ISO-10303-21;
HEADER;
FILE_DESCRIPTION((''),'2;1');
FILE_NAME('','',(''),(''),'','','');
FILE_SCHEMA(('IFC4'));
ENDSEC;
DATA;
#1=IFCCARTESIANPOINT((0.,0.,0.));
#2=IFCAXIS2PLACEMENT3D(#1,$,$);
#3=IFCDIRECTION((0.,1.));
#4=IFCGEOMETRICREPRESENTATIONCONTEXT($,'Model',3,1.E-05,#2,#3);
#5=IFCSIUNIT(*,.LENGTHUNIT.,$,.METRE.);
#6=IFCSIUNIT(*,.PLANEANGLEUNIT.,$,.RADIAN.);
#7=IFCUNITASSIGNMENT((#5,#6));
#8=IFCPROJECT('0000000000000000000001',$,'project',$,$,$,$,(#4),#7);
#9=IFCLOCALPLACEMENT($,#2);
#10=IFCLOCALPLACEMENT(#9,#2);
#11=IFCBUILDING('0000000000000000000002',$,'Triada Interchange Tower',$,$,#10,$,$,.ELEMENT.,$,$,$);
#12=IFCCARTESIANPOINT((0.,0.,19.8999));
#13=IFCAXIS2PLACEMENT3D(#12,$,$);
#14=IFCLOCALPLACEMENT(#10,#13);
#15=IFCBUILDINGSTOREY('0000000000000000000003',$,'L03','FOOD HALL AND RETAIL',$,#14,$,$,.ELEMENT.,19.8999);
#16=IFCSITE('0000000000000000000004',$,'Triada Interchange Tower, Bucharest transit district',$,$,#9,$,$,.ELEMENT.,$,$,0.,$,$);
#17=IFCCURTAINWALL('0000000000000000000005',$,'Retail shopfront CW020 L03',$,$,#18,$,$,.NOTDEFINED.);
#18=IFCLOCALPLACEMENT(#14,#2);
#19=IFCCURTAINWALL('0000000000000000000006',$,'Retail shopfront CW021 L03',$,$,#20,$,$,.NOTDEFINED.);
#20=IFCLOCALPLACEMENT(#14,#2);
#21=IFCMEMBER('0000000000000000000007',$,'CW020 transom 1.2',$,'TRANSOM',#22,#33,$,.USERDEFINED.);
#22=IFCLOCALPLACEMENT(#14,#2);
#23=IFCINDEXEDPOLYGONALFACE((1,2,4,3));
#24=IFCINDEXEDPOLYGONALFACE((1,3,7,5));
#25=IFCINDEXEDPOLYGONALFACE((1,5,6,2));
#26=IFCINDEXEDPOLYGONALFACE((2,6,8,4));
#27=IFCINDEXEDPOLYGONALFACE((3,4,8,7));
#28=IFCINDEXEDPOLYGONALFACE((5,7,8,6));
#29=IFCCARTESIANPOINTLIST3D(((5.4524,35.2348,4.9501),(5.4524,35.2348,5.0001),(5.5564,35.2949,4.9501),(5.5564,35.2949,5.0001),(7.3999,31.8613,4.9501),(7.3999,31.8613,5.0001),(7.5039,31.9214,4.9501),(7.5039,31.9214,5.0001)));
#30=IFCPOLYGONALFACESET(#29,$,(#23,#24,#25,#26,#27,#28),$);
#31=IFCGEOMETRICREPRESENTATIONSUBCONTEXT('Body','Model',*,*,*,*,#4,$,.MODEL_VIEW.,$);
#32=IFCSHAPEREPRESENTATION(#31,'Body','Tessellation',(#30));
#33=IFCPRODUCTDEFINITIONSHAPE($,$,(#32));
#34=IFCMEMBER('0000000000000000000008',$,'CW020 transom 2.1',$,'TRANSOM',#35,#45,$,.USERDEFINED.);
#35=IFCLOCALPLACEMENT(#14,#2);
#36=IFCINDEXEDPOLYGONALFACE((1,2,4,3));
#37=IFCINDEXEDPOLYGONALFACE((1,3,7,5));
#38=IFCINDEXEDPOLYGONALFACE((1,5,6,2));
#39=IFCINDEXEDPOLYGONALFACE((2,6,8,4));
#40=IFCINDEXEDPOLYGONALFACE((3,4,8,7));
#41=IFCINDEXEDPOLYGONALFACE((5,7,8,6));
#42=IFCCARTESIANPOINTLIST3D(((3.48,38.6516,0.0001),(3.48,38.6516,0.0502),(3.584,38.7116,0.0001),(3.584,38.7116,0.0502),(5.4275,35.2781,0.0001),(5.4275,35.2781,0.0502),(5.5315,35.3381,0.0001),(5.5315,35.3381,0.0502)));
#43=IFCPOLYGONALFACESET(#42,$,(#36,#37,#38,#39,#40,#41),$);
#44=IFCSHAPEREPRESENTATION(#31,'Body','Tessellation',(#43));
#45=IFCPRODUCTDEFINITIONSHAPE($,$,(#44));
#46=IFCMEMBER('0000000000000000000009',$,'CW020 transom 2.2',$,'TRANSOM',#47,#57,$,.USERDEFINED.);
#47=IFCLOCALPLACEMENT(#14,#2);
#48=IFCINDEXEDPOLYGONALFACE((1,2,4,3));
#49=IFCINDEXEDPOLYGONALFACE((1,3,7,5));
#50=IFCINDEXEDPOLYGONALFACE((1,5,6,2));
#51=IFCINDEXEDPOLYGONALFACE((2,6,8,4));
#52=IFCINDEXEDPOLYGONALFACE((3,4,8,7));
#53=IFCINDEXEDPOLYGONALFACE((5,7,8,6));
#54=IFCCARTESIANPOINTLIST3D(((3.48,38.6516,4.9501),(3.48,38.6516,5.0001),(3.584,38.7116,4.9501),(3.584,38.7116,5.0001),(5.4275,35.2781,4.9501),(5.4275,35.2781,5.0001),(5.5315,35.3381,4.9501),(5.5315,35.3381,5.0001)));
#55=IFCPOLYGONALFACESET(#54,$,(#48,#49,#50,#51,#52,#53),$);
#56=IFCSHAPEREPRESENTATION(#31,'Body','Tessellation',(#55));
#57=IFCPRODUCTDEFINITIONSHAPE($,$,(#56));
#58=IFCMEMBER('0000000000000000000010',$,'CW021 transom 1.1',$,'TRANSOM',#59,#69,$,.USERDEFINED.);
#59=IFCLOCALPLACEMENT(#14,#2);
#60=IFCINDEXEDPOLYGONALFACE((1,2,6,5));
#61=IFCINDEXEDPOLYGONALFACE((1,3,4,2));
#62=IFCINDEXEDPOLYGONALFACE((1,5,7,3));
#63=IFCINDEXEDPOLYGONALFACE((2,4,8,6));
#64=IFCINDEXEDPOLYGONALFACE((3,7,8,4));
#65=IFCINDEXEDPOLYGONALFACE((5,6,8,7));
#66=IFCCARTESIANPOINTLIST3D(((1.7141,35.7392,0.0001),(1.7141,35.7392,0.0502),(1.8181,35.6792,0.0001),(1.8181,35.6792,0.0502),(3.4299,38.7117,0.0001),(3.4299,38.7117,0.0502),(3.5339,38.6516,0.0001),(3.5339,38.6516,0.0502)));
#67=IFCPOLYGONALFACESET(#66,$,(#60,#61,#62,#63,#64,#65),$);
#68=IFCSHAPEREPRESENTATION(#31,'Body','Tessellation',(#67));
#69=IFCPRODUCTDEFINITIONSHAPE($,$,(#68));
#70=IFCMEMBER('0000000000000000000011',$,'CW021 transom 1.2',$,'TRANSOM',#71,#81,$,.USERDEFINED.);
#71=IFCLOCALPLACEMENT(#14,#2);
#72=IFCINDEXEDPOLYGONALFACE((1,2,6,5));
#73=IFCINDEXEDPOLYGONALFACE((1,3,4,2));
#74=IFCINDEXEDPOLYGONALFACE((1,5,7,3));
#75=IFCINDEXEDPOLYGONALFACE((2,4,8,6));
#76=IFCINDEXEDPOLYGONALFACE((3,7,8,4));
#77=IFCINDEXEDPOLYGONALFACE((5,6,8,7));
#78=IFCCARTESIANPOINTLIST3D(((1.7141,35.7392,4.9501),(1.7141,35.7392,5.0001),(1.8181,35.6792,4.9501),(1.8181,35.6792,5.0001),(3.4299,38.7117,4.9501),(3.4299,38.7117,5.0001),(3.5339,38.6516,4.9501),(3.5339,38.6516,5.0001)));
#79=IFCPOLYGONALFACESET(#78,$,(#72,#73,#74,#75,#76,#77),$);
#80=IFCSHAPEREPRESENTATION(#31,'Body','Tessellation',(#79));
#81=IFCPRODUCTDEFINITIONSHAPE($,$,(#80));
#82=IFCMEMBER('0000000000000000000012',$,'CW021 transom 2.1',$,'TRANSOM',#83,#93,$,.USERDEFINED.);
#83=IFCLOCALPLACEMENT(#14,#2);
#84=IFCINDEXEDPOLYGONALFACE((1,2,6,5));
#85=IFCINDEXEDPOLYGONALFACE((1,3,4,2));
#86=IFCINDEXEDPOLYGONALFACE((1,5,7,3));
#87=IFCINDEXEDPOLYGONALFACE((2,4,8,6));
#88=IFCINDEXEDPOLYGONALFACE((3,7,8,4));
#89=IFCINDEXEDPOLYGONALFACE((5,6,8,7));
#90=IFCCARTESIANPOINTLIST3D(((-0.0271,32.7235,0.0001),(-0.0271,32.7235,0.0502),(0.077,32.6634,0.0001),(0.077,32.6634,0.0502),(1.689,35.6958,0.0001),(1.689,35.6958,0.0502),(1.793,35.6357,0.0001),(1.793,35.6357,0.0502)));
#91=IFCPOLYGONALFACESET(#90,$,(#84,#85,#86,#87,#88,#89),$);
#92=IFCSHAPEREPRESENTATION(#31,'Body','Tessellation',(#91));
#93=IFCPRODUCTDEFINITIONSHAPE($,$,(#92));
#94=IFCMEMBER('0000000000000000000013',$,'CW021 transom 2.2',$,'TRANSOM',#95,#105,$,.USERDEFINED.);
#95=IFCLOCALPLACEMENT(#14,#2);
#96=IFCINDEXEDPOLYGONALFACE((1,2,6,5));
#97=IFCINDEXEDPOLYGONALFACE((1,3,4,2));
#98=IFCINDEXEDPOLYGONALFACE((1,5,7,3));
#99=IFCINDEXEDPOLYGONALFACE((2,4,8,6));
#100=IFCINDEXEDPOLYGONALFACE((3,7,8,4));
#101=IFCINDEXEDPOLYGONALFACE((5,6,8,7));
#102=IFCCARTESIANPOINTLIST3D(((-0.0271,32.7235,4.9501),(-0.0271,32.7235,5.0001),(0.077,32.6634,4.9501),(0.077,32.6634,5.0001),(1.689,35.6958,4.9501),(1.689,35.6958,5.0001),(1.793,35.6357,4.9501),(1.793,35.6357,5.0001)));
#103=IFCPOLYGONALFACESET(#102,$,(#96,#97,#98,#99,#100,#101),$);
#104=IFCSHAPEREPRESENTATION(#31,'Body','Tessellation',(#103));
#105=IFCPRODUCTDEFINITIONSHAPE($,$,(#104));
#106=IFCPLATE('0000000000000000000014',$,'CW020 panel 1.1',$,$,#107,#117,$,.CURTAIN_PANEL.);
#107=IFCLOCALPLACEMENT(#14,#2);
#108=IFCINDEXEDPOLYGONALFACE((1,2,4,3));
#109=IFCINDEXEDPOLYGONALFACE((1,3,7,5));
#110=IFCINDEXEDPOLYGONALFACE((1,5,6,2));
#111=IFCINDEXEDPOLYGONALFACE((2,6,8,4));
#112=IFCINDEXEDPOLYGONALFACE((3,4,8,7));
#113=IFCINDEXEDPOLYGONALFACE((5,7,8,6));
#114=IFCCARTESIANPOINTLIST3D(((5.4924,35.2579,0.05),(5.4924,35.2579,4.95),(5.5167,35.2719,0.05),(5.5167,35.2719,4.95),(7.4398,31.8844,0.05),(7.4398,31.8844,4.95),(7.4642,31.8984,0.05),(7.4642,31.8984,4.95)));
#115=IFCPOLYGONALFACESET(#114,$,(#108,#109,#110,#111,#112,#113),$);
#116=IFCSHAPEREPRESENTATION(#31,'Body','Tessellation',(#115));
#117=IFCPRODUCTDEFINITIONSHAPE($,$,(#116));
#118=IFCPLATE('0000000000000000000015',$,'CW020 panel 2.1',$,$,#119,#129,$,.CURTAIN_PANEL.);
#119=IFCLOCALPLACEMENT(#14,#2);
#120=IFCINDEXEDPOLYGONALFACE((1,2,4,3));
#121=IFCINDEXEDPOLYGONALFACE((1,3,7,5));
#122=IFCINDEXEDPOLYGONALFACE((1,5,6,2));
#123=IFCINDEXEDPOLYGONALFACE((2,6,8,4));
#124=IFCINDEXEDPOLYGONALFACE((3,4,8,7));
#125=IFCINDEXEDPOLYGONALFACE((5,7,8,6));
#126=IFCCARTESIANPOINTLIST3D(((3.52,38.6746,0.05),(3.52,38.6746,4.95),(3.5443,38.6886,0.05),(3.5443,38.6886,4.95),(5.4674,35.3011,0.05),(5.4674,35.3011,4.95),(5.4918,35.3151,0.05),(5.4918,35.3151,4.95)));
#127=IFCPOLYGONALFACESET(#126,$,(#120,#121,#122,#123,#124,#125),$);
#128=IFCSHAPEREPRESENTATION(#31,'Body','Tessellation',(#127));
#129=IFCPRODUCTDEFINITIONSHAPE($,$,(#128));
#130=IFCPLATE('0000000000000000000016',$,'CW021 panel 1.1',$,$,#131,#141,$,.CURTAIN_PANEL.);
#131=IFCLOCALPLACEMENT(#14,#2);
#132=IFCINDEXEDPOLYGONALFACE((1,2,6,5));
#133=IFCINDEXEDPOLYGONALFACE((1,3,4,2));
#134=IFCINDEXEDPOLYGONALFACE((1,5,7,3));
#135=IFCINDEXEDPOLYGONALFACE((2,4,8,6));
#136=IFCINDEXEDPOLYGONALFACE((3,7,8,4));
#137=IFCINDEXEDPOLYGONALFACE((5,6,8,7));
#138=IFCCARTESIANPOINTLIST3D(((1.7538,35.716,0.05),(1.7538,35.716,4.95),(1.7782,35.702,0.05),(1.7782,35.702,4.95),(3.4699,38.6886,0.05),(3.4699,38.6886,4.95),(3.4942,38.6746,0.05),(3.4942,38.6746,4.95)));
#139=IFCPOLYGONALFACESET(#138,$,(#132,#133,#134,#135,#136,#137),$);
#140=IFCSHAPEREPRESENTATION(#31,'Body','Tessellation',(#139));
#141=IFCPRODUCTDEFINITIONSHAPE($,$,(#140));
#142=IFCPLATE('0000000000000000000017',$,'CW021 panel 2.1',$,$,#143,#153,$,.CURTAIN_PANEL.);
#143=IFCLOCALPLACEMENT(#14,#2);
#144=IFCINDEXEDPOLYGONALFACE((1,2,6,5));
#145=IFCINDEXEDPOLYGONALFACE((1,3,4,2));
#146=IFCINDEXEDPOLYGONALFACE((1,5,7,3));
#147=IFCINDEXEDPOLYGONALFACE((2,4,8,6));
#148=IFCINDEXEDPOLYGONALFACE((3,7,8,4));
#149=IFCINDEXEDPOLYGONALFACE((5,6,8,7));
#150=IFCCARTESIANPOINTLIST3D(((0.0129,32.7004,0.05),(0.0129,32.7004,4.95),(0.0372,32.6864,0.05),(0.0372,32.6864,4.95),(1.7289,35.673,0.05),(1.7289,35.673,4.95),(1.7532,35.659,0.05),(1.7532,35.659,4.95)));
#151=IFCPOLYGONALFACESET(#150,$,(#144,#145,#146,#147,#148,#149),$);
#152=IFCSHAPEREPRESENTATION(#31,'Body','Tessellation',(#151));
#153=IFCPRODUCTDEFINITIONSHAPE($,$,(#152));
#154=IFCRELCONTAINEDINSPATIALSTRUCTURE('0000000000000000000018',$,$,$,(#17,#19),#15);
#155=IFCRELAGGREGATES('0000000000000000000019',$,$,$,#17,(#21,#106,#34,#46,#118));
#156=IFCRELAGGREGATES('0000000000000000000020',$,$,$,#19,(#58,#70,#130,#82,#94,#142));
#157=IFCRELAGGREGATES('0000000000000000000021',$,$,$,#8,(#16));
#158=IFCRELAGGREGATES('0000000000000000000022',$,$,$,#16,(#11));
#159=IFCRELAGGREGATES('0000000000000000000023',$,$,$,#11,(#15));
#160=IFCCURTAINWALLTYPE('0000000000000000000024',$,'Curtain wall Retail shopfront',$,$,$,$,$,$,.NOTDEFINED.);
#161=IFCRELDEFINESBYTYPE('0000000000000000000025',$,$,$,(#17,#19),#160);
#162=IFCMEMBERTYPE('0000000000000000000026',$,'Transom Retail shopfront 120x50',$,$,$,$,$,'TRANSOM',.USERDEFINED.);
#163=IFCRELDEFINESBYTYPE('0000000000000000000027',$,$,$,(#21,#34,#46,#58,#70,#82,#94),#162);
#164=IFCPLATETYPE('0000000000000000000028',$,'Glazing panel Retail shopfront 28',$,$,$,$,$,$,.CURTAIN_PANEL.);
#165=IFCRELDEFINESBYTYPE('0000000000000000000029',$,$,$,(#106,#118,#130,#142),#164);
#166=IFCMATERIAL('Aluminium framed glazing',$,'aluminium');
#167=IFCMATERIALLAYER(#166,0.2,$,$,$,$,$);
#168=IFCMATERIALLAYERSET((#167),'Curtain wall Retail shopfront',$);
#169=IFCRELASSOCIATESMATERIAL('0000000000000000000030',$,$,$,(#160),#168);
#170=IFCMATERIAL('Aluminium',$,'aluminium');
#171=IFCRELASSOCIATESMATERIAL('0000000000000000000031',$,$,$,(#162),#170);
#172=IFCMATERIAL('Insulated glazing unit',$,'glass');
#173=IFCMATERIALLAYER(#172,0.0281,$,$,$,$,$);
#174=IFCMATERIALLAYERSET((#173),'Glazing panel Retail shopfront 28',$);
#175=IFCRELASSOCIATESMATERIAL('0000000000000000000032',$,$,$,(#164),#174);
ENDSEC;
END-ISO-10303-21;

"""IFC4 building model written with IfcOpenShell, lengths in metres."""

from ifc_helpers import new_model, si_unit, direction, frame, origin, origin_2d, place, context, subcontext, project, spatial, rectangle, extrude, material, layer, layer_set, material_profile, profile_set, type_object, element, aggregate, save


model = new_model("IFC4")

# Units and contexts
model_context = context("Model", 3, precision=1e-05, world=origin(), true_north=direction((0.0, 1.0)))
body_context = subcontext(model_context, "Body", "Model", "MODEL_VIEW")
ifc_project = project(units=[si_unit("LENGTHUNIT", "METRE"), si_unit("PLANEANGLEUNIT", "RADIAN")], contexts=[model_context])

# Site, building, storey
site_placement = place(None, origin())
site = spatial("IfcSite", under=ifc_project, at=site_placement, Name="Triada Interchange Tower, Bucharest transit district", CompositionType="ELEMENT", RefElevation=0.0)
building_placement = place(site_placement, origin())
building = spatial("IfcBuilding", under=site, at=building_placement, Name="Triada Interchange Tower", CompositionType="ELEMENT")
storey_placement = place(building_placement, frame((0.0, 0.0, 19.8999)))
storey = spatial("IfcBuildingStorey", under=building, at=storey_placement, Name="L03", Description="FOOD HALL AND RETAIL", CompositionType="ELEMENT", Elevation=19.8999)

# Shared definitions
ifc_material_1 = material(Name="Aluminium framed glazing", Category="aluminium")
ifc_layer_1 = layer(ifc_material_1, 0.2)
ifc_layer_set_1 = layer_set([ifc_layer_1], Name="Curtain wall Retail shopfront")
curtain_wall_type = type_object("IfcCurtainWallType", Name="Curtain wall Retail shopfront", PredefinedType="NOTDEFINED", material=ifc_layer_set_1)
ifc_material_2 = material(Name="Aluminium", Category="aluminium")

# Curtain walls
curtain_wall_1_placement = place(storey_placement, origin())
curtain_wall_1 = element("IfcCurtainWall", 1, at=curtain_wall_1_placement, inside=storey, type_object=curtain_wall_type, Name="Retail shopfront CW020 L03", PredefinedType="NOTDEFINED")
curtain_wall_2_placement = place(storey_placement, origin())
curtain_wall_2 = element("IfcCurtainWall", 2, at=curtain_wall_2_placement, inside=storey, type_object=curtain_wall_type, Name="Retail shopfront CW021 L03", PredefinedType="NOTDEFINED")

# Members
ifc_material_profile_1 = material_profile(ifc_material_2, rectangle(XDim=0.1201, YDim=0.05, at=origin_2d()), Name="Aluminium transom")
ifc_profile_set_1 = profile_set([ifc_material_profile_1], Name="Aluminium")
member_type_1 = type_object("IfcMemberType", Name="Transom Retail shopfront 120x50", ElementType="TRANSOM", PredefinedType="USERDEFINED", material=ifc_profile_set_1)
member_1_placement = place(storey_placement, frame((7.4519, 31.8914, 4.9751), z_axis=(-0.499961, 0.866048, 0.0), x_axis=(-0.866048, -0.499961, 0.0)))
member_1 = element("IfcMember", 3, at=member_1_placement, type_object=member_type_1, Name="CW020 transom 1.2", ObjectType="TRANSOM", PredefinedType="USERDEFINED", context=body_context, shape_type="SweptSolid", body=[
    extrude(rectangle(XDim=0.1201, YDim=0.05, at=origin_2d()), origin(), (0.0, 0.0, 1.0), 3.8953),
])
member_2_placement = place(storey_placement, frame((5.4795, 35.3081, 0.0251), z_axis=(-0.499961, 0.866048, 0.0), x_axis=(-0.866048, -0.499961, 0.0)))
member_2 = element("IfcMember", 4, at=member_2_placement, type_object=member_type_1, Name="CW020 transom 2.1", ObjectType="TRANSOM", PredefinedType="USERDEFINED", context=body_context, shape_type="SweptSolid", body=[
    extrude(rectangle(XDim=0.1201, YDim=0.05, at=origin_2d()), origin(), (0.0, 0.0, 1.0), 3.8953),
])
member_3_placement = place(storey_placement, frame((5.4795, 35.3081, 4.9751), z_axis=(-0.499961, 0.866048, 0.0), x_axis=(-0.866048, -0.499961, 0.0)))
member_3 = element("IfcMember", 5, at=member_3_placement, type_object=member_type_1, Name="CW020 transom 2.2", ObjectType="TRANSOM", PredefinedType="USERDEFINED", context=body_context, shape_type="SweptSolid", body=[
    extrude(rectangle(XDim=0.1201, YDim=0.05, at=origin_2d()), origin(), (0.0, 0.0, 1.0), 3.8953),
])
member_4_placement = place(storey_placement, frame((3.4819, 38.6816, 0.0251), z_axis=(-0.499934, -0.866064, 0.0), x_axis=(0.866064, -0.499934, 0.0)))
member_4 = element("IfcMember", 6, at=member_4_placement, type_object=member_type_1, Name="CW021 transom 1.1", ObjectType="TRANSOM", PredefinedType="USERDEFINED", context=body_context, shape_type="SweptSolid", body=[
    extrude(rectangle(XDim=0.1201, YDim=0.05, at=origin_2d()), origin(), (0.0, 0.0, 1.0), 3.4321),
])
member_5_placement = place(storey_placement, frame((3.4819, 38.6816, 4.9751), z_axis=(-0.499934, -0.866064, 0.0), x_axis=(0.866064, -0.499934, 0.0)))
member_5 = element("IfcMember", 7, at=member_5_placement, type_object=member_type_1, Name="CW021 transom 1.2", ObjectType="TRANSOM", PredefinedType="USERDEFINED", context=body_context, shape_type="SweptSolid", body=[
    extrude(rectangle(XDim=0.1201, YDim=0.05, at=origin_2d()), origin(), (0.0, 0.0, 1.0), 3.4321),
])
member_6_placement = place(storey_placement, frame((1.741, 35.6658, 0.0251), z_axis=(-0.499987, -0.866033, 0.0), x_axis=(0.866033, -0.499987, 0.0)))
member_6 = element("IfcMember", 8, at=member_6_placement, type_object=member_type_1, Name="CW021 transom 2.1", ObjectType="TRANSOM", PredefinedType="USERDEFINED", context=body_context, shape_type="SweptSolid", body=[
    extrude(rectangle(XDim=0.1201, YDim=0.05, at=origin_2d()), origin(), (0.0, 0.0, 1.0), 3.4321),
])
member_7_placement = place(storey_placement, frame((1.741, 35.6658, 4.9751), z_axis=(-0.499987, -0.866033, 0.0), x_axis=(0.866033, -0.499987, 0.0)))
member_7 = element("IfcMember", 9, at=member_7_placement, type_object=member_type_1, Name="CW021 transom 2.2", ObjectType="TRANSOM", PredefinedType="USERDEFINED", context=body_context, shape_type="SweptSolid", body=[
    extrude(rectangle(XDim=0.1201, YDim=0.05, at=origin_2d()), origin(), (0.0, 0.0, 1.0), 3.4321),
])

# Plates
ifc_material_3 = material(Name="Insulated glazing unit", Category="glass")
ifc_layer_2 = layer(ifc_material_3, 0.0281)
ifc_layer_set_2 = layer_set([ifc_layer_2], Name="Glazing panel Retail shopfront 28")
plate_type = type_object("IfcPlateType", Name="Glazing panel Retail shopfront 28", PredefinedType="CURTAIN_PANEL", material=ifc_layer_set_2)
plate_1_placement = place(storey_placement, frame((6.4783, 33.5781, 0.05), z_axis=(0.0, 0.0, 1.0), x_axis=(-0.499959, 0.866049, 0.0)))
plate_1 = element("IfcPlate", 10, at=plate_1_placement, type_object=plate_type, Name="CW020 panel 1.1", PredefinedType="CURTAIN_PANEL", context=body_context, shape_type="SweptSolid", body=[
    extrude(rectangle(XDim=3.8953, YDim=0.0281, at=origin_2d()), origin(), (0.0, 0.0, 1.0), 4.8999),
])
plate_2_placement = place(storey_placement, frame((4.5059, 36.9949, 0.05), z_axis=(0.0, 0.0, 1.0), x_axis=(-0.499959, 0.866049, 0.0)))
plate_2 = element("IfcPlate", 11, at=plate_2_placement, type_object=plate_type, Name="CW020 panel 2.1", PredefinedType="CURTAIN_PANEL", context=body_context, shape_type="SweptSolid", body=[
    extrude(rectangle(XDim=3.8953, YDim=0.0281, at=origin_2d()), origin(), (0.0, 0.0, 1.0), 4.8999),
])
aggregate(curtain_wall_1, [member_1, plate_1, member_2, member_3, plate_2])
plate_3_placement = place(storey_placement, frame((2.624, 37.1953, 0.05), z_axis=(0.0, 0.0, 1.0), x_axis=(-0.499957, -0.86605, 0.0)))
plate_3 = element("IfcPlate", 12, at=plate_3_placement, type_object=plate_type, Name="CW021 panel 1.1", PredefinedType="CURTAIN_PANEL", context=body_context, shape_type="SweptSolid", body=[
    extrude(rectangle(XDim=3.4324, YDim=0.0281, at=origin_2d()), origin(), (0.0, 0.0, 1.0), 4.8999),
])
plate_4_placement = place(storey_placement, frame((0.8831, 34.1797, 0.05), z_axis=(0.0, 0.0, 1.0), x_axis=(-0.499957, -0.86605, 0.0)))
plate_4 = element("IfcPlate", 13, at=plate_4_placement, type_object=plate_type, Name="CW021 panel 2.1", PredefinedType="CURTAIN_PANEL", context=body_context, shape_type="SweptSolid", body=[
    extrude(rectangle(XDim=3.4324, YDim=0.0281, at=origin_2d()), origin(), (0.0, 0.0, 1.0), 4.8999),
])
aggregate(curtain_wall_2, [member_4, member_5, plate_3, member_6, member_7, plate_4])

save(model, "model.ifc")
